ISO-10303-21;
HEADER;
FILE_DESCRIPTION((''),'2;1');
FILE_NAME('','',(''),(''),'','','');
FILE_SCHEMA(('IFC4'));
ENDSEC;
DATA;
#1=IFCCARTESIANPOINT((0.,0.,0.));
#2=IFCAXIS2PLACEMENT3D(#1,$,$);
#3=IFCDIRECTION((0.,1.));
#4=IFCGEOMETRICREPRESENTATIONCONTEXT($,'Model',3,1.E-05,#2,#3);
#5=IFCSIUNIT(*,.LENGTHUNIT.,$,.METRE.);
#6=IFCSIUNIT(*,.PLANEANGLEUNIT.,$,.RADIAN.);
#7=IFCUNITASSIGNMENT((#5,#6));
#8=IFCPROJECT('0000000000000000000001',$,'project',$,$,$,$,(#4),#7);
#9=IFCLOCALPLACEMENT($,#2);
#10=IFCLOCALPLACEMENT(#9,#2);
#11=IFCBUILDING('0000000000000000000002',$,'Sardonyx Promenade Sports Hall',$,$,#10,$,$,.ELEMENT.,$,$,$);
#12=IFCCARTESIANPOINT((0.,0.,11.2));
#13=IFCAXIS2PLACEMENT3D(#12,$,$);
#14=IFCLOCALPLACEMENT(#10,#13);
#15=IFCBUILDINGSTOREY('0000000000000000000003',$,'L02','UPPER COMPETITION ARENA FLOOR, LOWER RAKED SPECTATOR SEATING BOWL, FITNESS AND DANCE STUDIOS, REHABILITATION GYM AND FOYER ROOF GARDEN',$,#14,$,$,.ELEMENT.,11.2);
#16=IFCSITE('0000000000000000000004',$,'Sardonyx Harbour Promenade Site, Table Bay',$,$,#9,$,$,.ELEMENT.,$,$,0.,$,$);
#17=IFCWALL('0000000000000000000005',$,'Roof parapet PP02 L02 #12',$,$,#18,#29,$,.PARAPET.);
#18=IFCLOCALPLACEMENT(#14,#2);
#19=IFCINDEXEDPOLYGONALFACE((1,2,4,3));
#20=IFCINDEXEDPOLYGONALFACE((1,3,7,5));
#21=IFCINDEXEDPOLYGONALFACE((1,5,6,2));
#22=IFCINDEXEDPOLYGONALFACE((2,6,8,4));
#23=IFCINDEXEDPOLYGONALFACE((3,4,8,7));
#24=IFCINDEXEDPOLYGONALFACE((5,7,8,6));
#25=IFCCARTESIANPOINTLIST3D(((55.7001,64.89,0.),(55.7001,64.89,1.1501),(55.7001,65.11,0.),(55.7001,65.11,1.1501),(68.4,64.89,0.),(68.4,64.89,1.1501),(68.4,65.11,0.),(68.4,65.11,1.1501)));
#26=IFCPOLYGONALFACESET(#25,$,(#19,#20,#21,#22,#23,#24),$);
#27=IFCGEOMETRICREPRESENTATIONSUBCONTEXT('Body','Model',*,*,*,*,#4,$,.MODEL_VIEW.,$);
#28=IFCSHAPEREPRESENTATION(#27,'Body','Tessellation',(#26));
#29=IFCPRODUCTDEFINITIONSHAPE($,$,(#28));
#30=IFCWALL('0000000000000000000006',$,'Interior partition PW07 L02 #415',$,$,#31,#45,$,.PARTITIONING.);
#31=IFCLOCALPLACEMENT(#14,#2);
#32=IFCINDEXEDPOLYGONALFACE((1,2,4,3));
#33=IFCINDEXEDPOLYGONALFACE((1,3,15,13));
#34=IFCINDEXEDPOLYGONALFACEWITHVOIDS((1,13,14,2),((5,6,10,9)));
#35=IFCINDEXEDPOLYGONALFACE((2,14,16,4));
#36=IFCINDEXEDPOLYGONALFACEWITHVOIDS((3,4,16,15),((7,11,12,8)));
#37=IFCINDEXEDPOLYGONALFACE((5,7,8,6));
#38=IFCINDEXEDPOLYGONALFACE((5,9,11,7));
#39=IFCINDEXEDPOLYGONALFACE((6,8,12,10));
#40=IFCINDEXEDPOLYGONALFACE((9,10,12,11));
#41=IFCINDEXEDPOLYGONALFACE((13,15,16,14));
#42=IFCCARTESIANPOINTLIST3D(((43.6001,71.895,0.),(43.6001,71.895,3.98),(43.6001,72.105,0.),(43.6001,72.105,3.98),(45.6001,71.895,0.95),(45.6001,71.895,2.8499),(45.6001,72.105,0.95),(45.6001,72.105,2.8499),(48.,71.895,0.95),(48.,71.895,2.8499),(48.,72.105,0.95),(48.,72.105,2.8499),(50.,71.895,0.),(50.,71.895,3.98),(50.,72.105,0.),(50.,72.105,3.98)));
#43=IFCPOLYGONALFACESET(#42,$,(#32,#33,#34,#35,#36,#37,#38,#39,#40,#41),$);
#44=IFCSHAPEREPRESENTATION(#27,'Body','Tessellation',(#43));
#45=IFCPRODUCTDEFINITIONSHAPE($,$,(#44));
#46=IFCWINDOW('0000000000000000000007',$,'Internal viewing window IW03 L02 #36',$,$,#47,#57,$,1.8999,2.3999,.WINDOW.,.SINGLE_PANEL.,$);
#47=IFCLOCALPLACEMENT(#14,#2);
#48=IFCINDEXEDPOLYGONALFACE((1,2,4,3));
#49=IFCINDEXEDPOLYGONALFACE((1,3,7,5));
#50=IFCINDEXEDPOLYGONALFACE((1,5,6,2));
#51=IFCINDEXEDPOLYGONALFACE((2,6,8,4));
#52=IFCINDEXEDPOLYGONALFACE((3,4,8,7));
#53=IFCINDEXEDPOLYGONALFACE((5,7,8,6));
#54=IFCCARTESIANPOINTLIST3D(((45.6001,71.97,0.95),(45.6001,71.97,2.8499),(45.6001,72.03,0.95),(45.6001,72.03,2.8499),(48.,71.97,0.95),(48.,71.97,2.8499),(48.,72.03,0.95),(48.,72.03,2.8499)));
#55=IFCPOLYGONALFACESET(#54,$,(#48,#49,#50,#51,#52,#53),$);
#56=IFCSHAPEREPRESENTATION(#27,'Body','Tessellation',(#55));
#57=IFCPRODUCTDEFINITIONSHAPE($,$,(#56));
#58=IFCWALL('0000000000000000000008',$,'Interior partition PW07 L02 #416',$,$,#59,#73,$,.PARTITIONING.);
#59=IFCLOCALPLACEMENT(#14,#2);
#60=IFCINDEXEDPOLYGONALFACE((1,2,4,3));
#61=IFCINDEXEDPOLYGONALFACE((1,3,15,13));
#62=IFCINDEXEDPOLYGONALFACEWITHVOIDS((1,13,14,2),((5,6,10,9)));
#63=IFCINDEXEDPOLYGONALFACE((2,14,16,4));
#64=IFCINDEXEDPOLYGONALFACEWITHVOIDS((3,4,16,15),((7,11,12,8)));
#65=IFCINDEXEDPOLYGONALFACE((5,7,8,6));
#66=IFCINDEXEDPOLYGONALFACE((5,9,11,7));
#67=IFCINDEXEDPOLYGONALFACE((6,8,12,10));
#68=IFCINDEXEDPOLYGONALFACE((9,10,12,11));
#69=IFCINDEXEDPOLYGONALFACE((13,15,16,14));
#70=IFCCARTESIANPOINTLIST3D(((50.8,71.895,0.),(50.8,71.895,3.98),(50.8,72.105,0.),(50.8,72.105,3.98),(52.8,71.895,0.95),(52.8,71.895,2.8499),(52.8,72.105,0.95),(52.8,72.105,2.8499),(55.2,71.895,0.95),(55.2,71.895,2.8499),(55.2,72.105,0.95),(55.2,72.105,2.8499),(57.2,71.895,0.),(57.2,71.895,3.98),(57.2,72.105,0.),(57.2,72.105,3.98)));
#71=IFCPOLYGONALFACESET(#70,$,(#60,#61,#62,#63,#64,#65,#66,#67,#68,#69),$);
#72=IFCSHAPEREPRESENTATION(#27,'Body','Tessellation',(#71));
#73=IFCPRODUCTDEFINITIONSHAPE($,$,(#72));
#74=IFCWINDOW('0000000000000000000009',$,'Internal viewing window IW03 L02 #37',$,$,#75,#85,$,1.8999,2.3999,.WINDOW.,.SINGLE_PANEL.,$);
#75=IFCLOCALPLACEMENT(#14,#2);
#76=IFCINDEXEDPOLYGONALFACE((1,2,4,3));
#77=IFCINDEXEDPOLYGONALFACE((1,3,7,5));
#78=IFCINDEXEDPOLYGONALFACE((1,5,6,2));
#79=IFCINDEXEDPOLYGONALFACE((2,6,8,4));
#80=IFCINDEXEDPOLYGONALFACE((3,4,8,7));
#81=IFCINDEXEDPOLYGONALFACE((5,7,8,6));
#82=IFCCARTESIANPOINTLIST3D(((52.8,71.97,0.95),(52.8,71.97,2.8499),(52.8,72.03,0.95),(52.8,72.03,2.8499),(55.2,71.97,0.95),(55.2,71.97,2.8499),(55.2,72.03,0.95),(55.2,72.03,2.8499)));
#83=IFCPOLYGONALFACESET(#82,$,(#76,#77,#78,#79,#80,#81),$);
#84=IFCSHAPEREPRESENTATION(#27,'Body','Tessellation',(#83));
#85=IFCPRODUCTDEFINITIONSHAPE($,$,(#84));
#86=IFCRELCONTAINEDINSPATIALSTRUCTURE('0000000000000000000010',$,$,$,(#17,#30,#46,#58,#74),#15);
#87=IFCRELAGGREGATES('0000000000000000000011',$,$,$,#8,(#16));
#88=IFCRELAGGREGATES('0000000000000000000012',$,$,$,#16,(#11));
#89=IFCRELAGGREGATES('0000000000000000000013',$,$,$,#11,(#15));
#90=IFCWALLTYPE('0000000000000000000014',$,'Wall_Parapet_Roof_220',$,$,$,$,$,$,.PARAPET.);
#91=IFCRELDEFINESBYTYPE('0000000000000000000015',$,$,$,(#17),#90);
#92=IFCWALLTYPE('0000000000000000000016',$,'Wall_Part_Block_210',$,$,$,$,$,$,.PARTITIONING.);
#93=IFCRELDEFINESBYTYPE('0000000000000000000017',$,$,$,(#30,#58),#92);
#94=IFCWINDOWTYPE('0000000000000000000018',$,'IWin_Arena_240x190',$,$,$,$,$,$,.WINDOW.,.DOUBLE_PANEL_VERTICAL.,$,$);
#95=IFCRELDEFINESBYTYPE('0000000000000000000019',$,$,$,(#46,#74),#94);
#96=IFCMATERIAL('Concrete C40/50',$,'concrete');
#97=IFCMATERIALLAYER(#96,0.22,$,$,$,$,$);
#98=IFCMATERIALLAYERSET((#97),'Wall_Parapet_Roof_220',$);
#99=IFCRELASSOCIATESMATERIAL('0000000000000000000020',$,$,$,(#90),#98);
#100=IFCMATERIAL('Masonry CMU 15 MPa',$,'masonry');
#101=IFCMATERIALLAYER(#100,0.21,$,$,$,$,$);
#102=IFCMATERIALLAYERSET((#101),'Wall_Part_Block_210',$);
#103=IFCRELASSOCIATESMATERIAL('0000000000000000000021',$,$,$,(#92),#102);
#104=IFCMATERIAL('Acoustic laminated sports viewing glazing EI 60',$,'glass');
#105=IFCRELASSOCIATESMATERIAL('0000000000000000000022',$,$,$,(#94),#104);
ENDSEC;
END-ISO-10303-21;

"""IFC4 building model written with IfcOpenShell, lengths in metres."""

from ifc_helpers import new_model, si_unit, direction, frame, frame_2d, origin, place, context, subcontext, project, spatial, rectangle, extrude, material, layer, layer_set, type_object, element, fill, save


model = new_model("IFC4")

# Units and contexts
model_context = context("Model", 3, precision=1e-05, world=origin(), true_north=direction((0.0, 1.0)))
body_context = subcontext(model_context, "Body", "Model", "MODEL_VIEW")
ifc_project = project(units=[si_unit("LENGTHUNIT", "METRE"), si_unit("PLANEANGLEUNIT", "RADIAN")], contexts=[model_context])

# Site, building, storey
site_placement = place(None, origin())
site = spatial("IfcSite", under=ifc_project, at=site_placement, Name="Sardonyx Harbour Promenade Site, Table Bay", CompositionType="ELEMENT", RefElevation=0.0)
building_placement = place(site_placement, origin())
building = spatial("IfcBuilding", under=site, at=building_placement, Name="Sardonyx Promenade Sports Hall", CompositionType="ELEMENT")
storey_placement = place(building_placement, frame((0.0, 0.0, 11.2)))
storey = spatial("IfcBuildingStorey", under=building, at=storey_placement, Name="L02", Description="UPPER COMPETITION ARENA FLOOR, LOWER RAKED SPECTATOR SEATING BOWL, FITNESS AND DANCE STUDIOS, REHABILITATION GYM AND FOYER ROOF GARDEN", CompositionType="ELEMENT", Elevation=11.2)

# Wall
ifc_material_1 = material(Name="Concrete C40/50", Category="concrete")
ifc_layer_1 = layer(ifc_material_1, 0.22)
ifc_layer_set_1 = layer_set([ifc_layer_1], Name="Wall_Parapet_Roof_220")
wall_type_1 = type_object("IfcWallType", Name="Wall_Parapet_Roof_220", PredefinedType="PARAPET", material=ifc_layer_set_1)
for number, where, z_axis, x_axis, name in (
    (1, (55.7, 65.0, 0.0), (0.0, 0.0, 1.0), (1.0, 0.0, 0.0), "Roof parapet PP02 L02 #12"),
):
    element("IfcWall", number, at=place(storey_placement, frame(where, z_axis=z_axis, x_axis=x_axis)), inside=storey, type_object=wall_type_1, Name=name, PredefinedType="PARAPET", context=body_context, shape_type="SweptSolid", body=[
        extrude(rectangle(XDim=12.7, YDim=0.22, at=frame_2d((6.3501, 0.0))), origin(), (0.0, 0.0, 1.0), 1.1501),
    ])

# Walls, openings, windows
ifc_material_2 = material(Name="Masonry CMU 15 MPa", Category="masonry")
ifc_layer_2 = layer(ifc_material_2, 0.21)
ifc_layer_set_2 = layer_set([ifc_layer_2], Name="Wall_Part_Block_210")
wall_type_2 = type_object("IfcWallType", Name="Wall_Part_Block_210", PredefinedType="PARTITIONING", material=ifc_layer_set_2)
wall_1_placement = place(storey_placement, frame((43.6001, 72.0, 0.0), z_axis=(0.0, 0.0, 1.0), x_axis=(1.0, 0.0, 0.0)))
wall_1 = element("IfcWall", 2, at=wall_1_placement, inside=storey, type_object=wall_type_2, Name="Interior partition PW07 L02 #415", PredefinedType="PARTITIONING", context=body_context, shape_type="SweptSolid", body=[
    extrude(rectangle(XDim=6.3999, YDim=0.21, at=frame_2d((3.2, 0.0))), origin(), (0.0, 0.0, 1.0), 3.98),
])
opening_1_placement = place(wall_1_placement, frame((2.0, 0.0, 0.95)))
opening_1 = element("IfcOpeningElement", 3, at=opening_1_placement, cuts=wall_1, PredefinedType="OPENING", context=body_context, shape_type="SweptSolid", body=[
    extrude(rectangle(XDim=2.3999, YDim=1.8999, at=frame_2d((1.2, 0.95))), frame((0.0, 0.115, 0.0), z_axis=(0.0, -1.0, 0.0), x_axis=(1.0, 0.0, 0.0)), (0.0, 0.0, 1.0), 0.23),
])
ifc_material_3 = material(Name="Acoustic laminated sports viewing glazing EI 60", Category="glass")
window_type = type_object("IfcWindowType", Name="IWin_Arena_240x190", PartitioningType="DOUBLE_PANEL_VERTICAL", PredefinedType="WINDOW", material=ifc_material_3)
window_1_placement = place(opening_1_placement, origin())
window_1 = element("IfcWindow", 4, at=window_1_placement, inside=storey, type_object=window_type, Name="Internal viewing window IW03 L02 #36", OverallHeight=1.8999, OverallWidth=2.3999, PartitioningType="SINGLE_PANEL", PredefinedType="WINDOW", context=body_context, shape_type="SweptSolid", body=[
    extrude(rectangle(XDim=2.3999, YDim=1.8999, at=frame_2d((1.2, 0.95))), frame((0.0, 0.03, 0.0), z_axis=(0.0, -1.0, 0.0), x_axis=(1.0, 0.0, 0.0)), (0.0, 0.0, 1.0), 0.0601),
])
fill(opening_1, window_1)
wall_2_placement = place(storey_placement, frame((50.8, 72.0, 0.0), z_axis=(0.0, 0.0, 1.0), x_axis=(1.0, 0.0, 0.0)))
wall_2 = element("IfcWall", 5, at=wall_2_placement, inside=storey, type_object=wall_type_2, Name="Interior partition PW07 L02 #416", PredefinedType="PARTITIONING", context=body_context, shape_type="SweptSolid", body=[
    extrude(rectangle(XDim=6.3999, YDim=0.21, at=frame_2d((3.2, 0.0))), origin(), (0.0, 0.0, 1.0), 3.98),
])
opening_2_placement = place(wall_2_placement, frame((2.0, 0.0, 0.95)))
opening_2 = element("IfcOpeningElement", 6, at=opening_2_placement, cuts=wall_2, PredefinedType="OPENING", context=body_context, shape_type="SweptSolid", body=[
    extrude(rectangle(XDim=2.3999, YDim=1.8999, at=frame_2d((1.2, 0.95))), frame((0.0, 0.115, 0.0), z_axis=(0.0, -1.0, 0.0), x_axis=(1.0, 0.0, 0.0)), (0.0, 0.0, 1.0), 0.23),
])
window_2_placement = place(opening_2_placement, origin())
window_2 = element("IfcWindow", 7, at=window_2_placement, inside=storey, type_object=window_type, Name="Internal viewing window IW03 L02 #37", OverallHeight=1.8999, OverallWidth=2.3999, PartitioningType="SINGLE_PANEL", PredefinedType="WINDOW", context=body_context, shape_type="SweptSolid", body=[
    extrude(rectangle(XDim=2.3999, YDim=1.8999, at=frame_2d((1.2, 0.95))), frame((0.0, 0.03, 0.0), z_axis=(0.0, -1.0, 0.0), x_axis=(1.0, 0.0, 0.0)), (0.0, 0.0, 1.0), 0.0601),
])
fill(opening_2, window_2)

save(model, "model.ifc")
